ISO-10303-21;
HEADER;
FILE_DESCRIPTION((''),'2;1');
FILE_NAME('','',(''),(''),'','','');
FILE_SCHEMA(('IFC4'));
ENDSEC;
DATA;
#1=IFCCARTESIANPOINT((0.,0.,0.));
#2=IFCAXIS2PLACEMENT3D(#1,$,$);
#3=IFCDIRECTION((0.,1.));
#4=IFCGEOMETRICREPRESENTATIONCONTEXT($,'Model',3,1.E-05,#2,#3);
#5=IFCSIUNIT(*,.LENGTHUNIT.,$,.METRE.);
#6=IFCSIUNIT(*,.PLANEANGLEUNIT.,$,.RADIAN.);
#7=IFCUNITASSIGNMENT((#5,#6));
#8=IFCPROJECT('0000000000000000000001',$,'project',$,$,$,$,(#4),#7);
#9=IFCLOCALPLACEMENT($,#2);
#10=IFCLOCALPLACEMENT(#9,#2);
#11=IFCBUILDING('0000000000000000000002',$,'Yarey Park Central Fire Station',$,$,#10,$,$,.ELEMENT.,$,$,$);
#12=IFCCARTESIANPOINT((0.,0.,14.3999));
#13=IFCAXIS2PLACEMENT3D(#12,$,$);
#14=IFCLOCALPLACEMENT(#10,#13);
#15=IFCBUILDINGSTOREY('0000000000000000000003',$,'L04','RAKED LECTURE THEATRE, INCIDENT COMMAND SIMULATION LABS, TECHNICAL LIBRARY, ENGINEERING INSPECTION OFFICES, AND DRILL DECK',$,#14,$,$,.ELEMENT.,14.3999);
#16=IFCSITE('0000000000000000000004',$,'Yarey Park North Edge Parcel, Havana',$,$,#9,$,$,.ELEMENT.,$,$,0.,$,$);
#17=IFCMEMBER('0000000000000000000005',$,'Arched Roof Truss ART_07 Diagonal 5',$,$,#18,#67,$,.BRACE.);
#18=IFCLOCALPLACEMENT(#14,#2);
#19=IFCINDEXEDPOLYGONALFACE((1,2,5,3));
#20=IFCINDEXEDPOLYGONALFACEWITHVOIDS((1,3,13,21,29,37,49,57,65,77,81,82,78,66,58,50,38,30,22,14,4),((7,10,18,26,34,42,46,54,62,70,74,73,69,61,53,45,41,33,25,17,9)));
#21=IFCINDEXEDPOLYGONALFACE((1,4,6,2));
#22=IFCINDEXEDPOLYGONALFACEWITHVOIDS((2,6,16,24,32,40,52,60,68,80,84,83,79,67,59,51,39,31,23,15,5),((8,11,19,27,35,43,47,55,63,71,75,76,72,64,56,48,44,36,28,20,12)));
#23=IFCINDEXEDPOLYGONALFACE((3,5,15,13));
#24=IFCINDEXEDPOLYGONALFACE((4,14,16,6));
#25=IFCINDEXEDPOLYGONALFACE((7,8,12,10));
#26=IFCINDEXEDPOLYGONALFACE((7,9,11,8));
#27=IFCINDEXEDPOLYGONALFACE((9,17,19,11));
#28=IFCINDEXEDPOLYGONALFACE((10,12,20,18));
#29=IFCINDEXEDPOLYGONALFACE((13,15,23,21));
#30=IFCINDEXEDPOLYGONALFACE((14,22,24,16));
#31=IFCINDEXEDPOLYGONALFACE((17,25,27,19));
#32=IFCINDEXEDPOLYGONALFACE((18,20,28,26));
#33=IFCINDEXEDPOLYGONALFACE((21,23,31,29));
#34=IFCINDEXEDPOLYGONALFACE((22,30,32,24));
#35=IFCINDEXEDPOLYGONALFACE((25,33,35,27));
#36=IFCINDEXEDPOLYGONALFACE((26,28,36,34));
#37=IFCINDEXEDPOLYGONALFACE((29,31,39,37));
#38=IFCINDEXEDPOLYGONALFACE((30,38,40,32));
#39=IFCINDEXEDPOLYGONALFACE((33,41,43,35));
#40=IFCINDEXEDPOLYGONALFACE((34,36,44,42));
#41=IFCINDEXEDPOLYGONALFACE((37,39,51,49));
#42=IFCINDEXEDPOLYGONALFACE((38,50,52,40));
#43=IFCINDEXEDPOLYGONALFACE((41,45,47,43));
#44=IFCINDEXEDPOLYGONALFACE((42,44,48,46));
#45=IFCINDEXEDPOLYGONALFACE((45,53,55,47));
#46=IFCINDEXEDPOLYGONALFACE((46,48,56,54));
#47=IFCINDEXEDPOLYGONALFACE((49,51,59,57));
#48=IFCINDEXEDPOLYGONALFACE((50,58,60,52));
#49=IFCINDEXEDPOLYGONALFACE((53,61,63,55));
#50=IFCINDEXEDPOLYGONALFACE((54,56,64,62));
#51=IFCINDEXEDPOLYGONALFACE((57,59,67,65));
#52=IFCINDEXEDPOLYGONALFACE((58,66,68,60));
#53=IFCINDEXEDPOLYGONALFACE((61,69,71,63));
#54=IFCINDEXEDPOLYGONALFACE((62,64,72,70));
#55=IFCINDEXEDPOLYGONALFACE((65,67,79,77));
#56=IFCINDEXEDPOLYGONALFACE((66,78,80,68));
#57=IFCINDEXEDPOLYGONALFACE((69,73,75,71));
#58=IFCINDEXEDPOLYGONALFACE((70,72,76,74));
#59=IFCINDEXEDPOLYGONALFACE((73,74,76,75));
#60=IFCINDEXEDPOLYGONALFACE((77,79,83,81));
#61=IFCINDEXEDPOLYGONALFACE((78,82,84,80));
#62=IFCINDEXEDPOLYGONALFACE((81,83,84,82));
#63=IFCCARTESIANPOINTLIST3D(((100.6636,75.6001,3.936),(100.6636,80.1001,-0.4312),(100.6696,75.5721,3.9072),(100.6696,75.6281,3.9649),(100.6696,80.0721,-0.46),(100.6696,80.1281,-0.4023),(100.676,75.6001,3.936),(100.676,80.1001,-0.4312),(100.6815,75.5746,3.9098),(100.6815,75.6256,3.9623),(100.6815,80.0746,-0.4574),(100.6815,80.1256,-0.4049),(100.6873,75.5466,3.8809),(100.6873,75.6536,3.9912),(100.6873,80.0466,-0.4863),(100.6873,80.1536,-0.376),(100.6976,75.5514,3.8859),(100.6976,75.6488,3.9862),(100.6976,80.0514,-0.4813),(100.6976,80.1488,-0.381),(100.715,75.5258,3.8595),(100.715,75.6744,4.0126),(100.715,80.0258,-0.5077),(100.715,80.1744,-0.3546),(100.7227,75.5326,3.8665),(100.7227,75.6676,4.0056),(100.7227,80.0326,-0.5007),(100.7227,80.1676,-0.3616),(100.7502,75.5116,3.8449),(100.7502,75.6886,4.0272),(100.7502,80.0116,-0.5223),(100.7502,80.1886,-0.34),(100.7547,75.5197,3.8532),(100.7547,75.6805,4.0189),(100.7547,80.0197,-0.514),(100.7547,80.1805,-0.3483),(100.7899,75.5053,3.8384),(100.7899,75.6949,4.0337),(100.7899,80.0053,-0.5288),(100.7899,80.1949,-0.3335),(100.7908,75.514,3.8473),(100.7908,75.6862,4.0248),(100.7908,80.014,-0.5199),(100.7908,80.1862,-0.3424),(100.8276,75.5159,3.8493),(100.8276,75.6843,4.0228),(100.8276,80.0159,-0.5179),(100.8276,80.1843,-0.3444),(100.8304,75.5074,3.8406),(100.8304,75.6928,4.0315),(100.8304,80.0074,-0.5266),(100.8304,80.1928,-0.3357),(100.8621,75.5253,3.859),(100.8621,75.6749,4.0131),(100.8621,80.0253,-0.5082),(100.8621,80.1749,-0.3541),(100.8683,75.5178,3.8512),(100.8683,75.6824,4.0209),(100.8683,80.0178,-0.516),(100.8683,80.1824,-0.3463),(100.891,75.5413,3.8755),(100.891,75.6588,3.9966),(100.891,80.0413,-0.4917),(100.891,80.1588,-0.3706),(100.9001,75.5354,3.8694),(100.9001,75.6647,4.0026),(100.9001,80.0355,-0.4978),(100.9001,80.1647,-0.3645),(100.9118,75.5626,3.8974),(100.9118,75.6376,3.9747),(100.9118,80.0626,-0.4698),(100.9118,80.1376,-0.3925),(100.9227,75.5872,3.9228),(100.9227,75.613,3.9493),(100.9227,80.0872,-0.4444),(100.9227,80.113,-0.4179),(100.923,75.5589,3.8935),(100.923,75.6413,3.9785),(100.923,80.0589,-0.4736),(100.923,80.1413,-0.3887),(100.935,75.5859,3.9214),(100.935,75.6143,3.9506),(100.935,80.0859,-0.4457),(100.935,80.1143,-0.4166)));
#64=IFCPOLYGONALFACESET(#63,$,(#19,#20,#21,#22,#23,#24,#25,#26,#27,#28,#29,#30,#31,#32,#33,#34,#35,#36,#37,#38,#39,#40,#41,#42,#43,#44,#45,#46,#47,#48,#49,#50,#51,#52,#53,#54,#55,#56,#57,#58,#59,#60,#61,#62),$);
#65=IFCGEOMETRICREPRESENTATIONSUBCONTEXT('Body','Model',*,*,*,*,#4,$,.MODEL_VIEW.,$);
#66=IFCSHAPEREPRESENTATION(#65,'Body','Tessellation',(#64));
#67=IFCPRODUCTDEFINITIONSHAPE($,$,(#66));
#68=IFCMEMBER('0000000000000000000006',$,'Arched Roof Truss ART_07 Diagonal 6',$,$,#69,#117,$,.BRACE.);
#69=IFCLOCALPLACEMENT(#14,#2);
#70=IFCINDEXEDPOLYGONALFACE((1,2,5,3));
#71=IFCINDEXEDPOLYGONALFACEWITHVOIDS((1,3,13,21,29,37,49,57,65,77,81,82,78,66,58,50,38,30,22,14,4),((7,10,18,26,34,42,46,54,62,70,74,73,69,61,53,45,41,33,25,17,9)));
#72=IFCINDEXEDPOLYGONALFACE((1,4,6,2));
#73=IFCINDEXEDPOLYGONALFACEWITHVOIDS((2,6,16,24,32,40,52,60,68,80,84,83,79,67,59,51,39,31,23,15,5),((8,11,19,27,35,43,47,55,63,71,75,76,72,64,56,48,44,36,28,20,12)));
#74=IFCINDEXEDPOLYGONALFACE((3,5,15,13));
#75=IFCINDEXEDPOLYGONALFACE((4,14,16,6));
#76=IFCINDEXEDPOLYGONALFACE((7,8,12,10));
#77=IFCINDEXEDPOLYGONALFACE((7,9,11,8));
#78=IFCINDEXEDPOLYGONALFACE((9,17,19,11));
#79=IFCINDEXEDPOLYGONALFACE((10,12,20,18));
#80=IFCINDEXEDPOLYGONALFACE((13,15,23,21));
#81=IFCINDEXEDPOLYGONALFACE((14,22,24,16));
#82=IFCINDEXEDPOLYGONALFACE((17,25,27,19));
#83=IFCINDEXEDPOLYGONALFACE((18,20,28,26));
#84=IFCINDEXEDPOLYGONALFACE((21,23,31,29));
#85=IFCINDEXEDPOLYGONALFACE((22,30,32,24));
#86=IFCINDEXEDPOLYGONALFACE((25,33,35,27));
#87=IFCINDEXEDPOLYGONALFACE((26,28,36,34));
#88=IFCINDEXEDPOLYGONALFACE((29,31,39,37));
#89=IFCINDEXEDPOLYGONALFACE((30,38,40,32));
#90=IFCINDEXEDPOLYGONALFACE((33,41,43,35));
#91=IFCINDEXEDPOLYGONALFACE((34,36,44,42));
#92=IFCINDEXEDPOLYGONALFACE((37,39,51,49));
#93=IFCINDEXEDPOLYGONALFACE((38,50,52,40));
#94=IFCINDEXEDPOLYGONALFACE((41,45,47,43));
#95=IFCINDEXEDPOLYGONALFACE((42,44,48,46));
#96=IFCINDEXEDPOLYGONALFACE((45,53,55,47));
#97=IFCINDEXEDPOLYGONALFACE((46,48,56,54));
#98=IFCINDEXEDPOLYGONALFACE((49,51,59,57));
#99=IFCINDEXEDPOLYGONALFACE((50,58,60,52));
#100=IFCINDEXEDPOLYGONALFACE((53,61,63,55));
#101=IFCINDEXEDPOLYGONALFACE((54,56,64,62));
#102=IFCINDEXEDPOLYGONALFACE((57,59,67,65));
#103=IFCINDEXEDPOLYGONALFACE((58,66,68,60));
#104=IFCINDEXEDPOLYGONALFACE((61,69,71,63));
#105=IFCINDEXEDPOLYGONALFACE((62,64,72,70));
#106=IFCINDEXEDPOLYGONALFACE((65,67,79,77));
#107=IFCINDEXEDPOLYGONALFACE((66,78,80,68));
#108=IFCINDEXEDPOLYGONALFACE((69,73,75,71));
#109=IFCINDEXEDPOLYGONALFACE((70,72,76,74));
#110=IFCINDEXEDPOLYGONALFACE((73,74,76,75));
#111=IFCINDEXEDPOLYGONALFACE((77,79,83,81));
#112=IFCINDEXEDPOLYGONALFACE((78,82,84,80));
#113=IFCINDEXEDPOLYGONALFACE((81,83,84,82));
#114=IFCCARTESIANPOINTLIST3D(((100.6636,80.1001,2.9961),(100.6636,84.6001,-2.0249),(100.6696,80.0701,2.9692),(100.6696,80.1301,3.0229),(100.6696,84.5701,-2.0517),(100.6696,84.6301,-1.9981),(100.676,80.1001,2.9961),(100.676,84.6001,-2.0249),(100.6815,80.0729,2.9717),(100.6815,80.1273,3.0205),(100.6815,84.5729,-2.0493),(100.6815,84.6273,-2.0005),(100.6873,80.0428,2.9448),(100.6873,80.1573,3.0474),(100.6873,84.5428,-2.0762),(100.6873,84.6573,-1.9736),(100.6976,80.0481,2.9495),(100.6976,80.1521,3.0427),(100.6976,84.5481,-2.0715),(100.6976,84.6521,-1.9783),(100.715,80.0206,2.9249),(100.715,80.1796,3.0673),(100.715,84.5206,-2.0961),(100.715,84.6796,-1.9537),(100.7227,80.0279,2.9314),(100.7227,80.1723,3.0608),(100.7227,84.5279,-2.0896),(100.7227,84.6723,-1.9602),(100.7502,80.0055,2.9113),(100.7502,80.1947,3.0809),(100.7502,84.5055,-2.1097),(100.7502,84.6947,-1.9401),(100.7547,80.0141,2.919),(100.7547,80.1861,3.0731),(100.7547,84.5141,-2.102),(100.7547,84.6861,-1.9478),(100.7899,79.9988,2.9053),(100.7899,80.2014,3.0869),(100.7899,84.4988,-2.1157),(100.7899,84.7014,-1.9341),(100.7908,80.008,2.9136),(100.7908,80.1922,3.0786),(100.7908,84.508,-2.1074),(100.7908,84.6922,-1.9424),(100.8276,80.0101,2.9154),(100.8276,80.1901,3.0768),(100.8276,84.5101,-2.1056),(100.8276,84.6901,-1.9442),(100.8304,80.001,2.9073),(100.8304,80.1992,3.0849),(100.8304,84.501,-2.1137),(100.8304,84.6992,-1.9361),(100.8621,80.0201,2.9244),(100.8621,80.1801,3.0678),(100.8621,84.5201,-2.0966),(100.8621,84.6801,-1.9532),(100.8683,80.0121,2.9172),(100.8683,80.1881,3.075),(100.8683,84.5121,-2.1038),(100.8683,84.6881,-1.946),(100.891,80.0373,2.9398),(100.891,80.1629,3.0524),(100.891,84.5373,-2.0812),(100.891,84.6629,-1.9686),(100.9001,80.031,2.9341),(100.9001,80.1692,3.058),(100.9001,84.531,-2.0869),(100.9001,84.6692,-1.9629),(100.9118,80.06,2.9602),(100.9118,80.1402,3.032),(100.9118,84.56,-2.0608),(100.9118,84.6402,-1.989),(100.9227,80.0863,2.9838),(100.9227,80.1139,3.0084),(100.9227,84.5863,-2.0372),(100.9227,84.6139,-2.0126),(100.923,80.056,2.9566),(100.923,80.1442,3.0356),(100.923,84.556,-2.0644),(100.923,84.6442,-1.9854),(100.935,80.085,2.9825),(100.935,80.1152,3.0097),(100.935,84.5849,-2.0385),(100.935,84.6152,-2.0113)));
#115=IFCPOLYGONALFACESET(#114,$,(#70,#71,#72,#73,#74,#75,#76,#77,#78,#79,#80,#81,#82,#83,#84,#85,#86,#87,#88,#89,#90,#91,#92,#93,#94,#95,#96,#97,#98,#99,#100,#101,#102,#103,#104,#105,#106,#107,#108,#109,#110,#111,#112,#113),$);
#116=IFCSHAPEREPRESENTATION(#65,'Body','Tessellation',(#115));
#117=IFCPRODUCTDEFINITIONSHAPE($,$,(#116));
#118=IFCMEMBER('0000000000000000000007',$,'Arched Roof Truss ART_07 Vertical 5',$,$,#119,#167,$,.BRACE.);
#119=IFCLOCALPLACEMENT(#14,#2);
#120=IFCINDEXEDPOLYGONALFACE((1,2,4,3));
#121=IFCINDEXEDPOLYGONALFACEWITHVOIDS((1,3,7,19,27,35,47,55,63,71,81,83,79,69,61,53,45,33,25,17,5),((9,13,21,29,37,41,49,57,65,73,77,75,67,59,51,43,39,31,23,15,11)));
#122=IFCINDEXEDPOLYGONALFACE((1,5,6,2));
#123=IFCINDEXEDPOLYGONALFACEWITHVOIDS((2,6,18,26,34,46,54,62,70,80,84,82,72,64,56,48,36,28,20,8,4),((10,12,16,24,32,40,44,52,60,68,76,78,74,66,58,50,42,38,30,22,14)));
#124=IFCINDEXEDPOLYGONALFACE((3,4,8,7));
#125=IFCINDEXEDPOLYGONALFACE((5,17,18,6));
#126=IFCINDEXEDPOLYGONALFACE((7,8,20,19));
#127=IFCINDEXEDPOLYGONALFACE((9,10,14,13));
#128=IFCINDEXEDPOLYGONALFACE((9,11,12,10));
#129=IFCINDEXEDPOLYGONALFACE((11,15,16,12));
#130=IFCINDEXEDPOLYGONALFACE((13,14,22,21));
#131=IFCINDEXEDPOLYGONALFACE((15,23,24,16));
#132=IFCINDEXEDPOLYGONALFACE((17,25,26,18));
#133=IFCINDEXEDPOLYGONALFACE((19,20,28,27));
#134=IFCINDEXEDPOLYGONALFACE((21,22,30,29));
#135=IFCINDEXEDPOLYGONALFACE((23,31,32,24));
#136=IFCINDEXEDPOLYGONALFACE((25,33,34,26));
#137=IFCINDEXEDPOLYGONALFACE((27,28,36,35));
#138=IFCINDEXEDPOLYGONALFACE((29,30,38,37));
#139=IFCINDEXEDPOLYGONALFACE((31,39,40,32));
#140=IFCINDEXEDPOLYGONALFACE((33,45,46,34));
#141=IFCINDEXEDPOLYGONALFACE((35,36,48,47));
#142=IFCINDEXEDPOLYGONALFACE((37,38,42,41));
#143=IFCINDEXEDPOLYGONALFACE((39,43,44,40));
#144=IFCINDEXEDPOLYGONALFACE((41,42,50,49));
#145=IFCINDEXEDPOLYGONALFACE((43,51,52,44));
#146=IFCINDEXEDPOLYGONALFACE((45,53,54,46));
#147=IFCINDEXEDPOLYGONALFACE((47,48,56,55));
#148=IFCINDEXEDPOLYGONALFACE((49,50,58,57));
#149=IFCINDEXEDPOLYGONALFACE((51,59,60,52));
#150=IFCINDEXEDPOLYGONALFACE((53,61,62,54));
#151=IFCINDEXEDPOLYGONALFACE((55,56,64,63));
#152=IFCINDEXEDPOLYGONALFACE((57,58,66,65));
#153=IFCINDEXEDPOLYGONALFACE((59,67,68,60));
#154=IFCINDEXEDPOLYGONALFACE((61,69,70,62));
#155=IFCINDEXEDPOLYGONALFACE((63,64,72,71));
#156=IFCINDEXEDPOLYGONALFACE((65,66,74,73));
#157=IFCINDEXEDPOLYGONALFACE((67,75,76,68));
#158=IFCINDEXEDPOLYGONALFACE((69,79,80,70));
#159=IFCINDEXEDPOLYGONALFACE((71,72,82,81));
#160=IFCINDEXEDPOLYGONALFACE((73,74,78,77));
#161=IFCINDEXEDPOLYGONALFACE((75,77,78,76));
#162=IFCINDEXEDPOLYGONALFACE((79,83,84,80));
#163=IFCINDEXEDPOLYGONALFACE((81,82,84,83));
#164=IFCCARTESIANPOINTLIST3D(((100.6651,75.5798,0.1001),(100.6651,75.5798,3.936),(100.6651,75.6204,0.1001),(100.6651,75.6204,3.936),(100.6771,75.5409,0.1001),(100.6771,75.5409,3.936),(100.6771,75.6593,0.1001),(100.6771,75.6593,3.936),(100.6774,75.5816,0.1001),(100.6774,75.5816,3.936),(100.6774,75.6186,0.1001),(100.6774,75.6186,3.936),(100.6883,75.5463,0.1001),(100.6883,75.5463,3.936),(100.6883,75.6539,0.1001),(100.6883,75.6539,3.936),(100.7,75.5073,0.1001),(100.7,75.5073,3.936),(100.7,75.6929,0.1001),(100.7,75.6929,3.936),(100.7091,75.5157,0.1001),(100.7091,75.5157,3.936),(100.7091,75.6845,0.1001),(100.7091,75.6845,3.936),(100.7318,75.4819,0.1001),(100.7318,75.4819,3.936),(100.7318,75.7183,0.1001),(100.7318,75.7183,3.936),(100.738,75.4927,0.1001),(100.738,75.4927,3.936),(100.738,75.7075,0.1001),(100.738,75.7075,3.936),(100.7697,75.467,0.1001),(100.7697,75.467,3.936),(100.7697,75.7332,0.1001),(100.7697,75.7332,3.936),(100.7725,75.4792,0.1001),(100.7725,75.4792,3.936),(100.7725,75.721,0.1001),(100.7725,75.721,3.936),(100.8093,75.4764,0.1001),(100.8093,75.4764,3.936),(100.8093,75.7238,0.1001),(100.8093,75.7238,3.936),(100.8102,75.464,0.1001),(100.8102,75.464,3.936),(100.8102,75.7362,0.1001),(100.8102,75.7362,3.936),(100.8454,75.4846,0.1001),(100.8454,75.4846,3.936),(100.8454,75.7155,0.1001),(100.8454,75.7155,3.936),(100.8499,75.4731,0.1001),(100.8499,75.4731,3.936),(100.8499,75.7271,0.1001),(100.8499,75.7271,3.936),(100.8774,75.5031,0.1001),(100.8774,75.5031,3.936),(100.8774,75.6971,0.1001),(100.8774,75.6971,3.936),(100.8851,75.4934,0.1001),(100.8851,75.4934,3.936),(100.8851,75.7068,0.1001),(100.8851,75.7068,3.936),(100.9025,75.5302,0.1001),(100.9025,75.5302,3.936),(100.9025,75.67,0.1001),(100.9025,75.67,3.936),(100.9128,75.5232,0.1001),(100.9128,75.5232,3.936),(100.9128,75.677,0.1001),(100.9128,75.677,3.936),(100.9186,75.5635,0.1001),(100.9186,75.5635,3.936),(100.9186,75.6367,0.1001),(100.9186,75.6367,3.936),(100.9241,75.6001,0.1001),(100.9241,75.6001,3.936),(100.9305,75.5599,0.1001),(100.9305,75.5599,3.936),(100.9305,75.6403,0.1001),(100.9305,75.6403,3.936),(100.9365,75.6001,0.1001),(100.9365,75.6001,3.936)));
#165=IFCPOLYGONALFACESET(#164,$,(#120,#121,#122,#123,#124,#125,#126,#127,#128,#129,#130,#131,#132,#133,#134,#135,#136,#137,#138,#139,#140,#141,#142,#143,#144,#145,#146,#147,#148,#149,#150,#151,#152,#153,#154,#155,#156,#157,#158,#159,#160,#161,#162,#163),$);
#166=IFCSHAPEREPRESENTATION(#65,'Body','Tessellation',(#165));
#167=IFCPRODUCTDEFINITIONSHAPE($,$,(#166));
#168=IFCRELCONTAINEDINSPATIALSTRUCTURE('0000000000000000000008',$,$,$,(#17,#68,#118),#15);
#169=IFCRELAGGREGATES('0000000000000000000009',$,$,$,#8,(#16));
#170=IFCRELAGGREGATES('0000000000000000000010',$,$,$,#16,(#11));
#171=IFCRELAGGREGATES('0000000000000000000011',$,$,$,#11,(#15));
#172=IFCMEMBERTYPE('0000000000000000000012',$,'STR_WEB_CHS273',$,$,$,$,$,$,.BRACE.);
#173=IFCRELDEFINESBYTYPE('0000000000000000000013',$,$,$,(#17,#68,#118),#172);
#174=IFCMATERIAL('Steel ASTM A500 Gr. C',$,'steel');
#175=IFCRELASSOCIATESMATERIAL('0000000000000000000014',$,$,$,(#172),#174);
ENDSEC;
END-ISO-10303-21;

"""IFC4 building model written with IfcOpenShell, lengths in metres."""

from ifc_helpers import new_model, si_unit, direction, frame, origin, origin_2d, place, context, subcontext, project, spatial, hollow_circle, extrude, material, material_profile, profile_set, type_object, element, save


model = new_model("IFC4")

# Units and contexts
model_context = context("Model", 3, precision=1e-05, world=origin(), true_north=direction((0.0, 1.0)))
body_context = subcontext(model_context, "Body", "Model", "MODEL_VIEW")
ifc_project = project(units=[si_unit("LENGTHUNIT", "METRE"), si_unit("PLANEANGLEUNIT", "RADIAN")], contexts=[model_context])

# Site, building, storey
site_placement = place(None, origin())
site = spatial("IfcSite", under=ifc_project, at=site_placement, Name="Yarey Park North Edge Parcel, Havana", CompositionType="ELEMENT", RefElevation=0.0)
building_placement = place(site_placement, origin())
building = spatial("IfcBuilding", under=site, at=building_placement, Name="Yarey Park Central Fire Station", CompositionType="ELEMENT")
storey_placement = place(building_placement, frame((0.0, 0.0, 14.3999)))
storey = spatial("IfcBuildingStorey", under=building, at=storey_placement, Name="L04", Description="RAKED LECTURE THEATRE, INCIDENT COMMAND SIMULATION LABS, TECHNICAL LIBRARY, ENGINEERING INSPECTION OFFICES, AND DRILL DECK", CompositionType="ELEMENT", Elevation=14.3999)

# Members
ifc_material_1 = material(Name="Steel ASTM A500 Gr. C", Category="steel")
ifc_material_profile_1 = material_profile(ifc_material_1, hollow_circle(Radius=0.1365, WallThickness=0.0125, at=origin_2d()), Name="CHS 273x12.5")
ifc_profile_set_1 = profile_set([ifc_material_profile_1], Name="Steel ASTM A500 Gr. C")
member_type_1 = type_object("IfcMemberType", Name="STR_WEB_CHS273", PredefinedType="BRACE", material=ifc_profile_set_1)
member_1_placement = place(storey_placement, frame((100.8, 75.6001, 3.936), z_axis=(0.0, 0.717617, -0.696438), x_axis=(-1.0, 0.0, 0.0)))
element("IfcMember", 1, at=member_1_placement, inside=storey, type_object=member_type_1, Name="Arched Roof Truss ART_07 Diagonal 5", PredefinedType="BRACE", context=body_context, shape_type="SweptSolid", body=[
    extrude(hollow_circle(Radius=0.1365, WallThickness=0.0125, at=origin_2d()), origin(), (0.0, 0.0, 1.0), 6.2708),
])
member_2_placement = place(storey_placement, frame((100.8, 80.1001, 2.9961), z_axis=(0.0, 0.667415, -0.744686), x_axis=(-1.0, 0.0, 0.0)))
element("IfcMember", 2, at=member_2_placement, inside=storey, type_object=member_type_1, Name="Arched Roof Truss ART_07 Diagonal 6", PredefinedType="BRACE", context=body_context, shape_type="SweptSolid", body=[
    extrude(hollow_circle(Radius=0.1365, WallThickness=0.0125, at=origin_2d()), origin(), (0.0, 0.0, 1.0), 6.7424),
])
member_3_placement = place(storey_placement, frame((100.8, 75.6001, 0.1001), z_axis=(0.0, 0.0, 1.0), x_axis=(1.0, 0.0, 0.0)))
element("IfcMember", 3, at=member_3_placement, inside=storey, type_object=member_type_1, Name="Arched Roof Truss ART_07 Vertical 5", PredefinedType="BRACE", context=body_context, shape_type="SweptSolid", body=[
    extrude(hollow_circle(Radius=0.1365, WallThickness=0.0125, at=origin_2d()), origin(), (0.0, 0.0, 1.0), 3.8359),
])

save(model, "model.ifc")
